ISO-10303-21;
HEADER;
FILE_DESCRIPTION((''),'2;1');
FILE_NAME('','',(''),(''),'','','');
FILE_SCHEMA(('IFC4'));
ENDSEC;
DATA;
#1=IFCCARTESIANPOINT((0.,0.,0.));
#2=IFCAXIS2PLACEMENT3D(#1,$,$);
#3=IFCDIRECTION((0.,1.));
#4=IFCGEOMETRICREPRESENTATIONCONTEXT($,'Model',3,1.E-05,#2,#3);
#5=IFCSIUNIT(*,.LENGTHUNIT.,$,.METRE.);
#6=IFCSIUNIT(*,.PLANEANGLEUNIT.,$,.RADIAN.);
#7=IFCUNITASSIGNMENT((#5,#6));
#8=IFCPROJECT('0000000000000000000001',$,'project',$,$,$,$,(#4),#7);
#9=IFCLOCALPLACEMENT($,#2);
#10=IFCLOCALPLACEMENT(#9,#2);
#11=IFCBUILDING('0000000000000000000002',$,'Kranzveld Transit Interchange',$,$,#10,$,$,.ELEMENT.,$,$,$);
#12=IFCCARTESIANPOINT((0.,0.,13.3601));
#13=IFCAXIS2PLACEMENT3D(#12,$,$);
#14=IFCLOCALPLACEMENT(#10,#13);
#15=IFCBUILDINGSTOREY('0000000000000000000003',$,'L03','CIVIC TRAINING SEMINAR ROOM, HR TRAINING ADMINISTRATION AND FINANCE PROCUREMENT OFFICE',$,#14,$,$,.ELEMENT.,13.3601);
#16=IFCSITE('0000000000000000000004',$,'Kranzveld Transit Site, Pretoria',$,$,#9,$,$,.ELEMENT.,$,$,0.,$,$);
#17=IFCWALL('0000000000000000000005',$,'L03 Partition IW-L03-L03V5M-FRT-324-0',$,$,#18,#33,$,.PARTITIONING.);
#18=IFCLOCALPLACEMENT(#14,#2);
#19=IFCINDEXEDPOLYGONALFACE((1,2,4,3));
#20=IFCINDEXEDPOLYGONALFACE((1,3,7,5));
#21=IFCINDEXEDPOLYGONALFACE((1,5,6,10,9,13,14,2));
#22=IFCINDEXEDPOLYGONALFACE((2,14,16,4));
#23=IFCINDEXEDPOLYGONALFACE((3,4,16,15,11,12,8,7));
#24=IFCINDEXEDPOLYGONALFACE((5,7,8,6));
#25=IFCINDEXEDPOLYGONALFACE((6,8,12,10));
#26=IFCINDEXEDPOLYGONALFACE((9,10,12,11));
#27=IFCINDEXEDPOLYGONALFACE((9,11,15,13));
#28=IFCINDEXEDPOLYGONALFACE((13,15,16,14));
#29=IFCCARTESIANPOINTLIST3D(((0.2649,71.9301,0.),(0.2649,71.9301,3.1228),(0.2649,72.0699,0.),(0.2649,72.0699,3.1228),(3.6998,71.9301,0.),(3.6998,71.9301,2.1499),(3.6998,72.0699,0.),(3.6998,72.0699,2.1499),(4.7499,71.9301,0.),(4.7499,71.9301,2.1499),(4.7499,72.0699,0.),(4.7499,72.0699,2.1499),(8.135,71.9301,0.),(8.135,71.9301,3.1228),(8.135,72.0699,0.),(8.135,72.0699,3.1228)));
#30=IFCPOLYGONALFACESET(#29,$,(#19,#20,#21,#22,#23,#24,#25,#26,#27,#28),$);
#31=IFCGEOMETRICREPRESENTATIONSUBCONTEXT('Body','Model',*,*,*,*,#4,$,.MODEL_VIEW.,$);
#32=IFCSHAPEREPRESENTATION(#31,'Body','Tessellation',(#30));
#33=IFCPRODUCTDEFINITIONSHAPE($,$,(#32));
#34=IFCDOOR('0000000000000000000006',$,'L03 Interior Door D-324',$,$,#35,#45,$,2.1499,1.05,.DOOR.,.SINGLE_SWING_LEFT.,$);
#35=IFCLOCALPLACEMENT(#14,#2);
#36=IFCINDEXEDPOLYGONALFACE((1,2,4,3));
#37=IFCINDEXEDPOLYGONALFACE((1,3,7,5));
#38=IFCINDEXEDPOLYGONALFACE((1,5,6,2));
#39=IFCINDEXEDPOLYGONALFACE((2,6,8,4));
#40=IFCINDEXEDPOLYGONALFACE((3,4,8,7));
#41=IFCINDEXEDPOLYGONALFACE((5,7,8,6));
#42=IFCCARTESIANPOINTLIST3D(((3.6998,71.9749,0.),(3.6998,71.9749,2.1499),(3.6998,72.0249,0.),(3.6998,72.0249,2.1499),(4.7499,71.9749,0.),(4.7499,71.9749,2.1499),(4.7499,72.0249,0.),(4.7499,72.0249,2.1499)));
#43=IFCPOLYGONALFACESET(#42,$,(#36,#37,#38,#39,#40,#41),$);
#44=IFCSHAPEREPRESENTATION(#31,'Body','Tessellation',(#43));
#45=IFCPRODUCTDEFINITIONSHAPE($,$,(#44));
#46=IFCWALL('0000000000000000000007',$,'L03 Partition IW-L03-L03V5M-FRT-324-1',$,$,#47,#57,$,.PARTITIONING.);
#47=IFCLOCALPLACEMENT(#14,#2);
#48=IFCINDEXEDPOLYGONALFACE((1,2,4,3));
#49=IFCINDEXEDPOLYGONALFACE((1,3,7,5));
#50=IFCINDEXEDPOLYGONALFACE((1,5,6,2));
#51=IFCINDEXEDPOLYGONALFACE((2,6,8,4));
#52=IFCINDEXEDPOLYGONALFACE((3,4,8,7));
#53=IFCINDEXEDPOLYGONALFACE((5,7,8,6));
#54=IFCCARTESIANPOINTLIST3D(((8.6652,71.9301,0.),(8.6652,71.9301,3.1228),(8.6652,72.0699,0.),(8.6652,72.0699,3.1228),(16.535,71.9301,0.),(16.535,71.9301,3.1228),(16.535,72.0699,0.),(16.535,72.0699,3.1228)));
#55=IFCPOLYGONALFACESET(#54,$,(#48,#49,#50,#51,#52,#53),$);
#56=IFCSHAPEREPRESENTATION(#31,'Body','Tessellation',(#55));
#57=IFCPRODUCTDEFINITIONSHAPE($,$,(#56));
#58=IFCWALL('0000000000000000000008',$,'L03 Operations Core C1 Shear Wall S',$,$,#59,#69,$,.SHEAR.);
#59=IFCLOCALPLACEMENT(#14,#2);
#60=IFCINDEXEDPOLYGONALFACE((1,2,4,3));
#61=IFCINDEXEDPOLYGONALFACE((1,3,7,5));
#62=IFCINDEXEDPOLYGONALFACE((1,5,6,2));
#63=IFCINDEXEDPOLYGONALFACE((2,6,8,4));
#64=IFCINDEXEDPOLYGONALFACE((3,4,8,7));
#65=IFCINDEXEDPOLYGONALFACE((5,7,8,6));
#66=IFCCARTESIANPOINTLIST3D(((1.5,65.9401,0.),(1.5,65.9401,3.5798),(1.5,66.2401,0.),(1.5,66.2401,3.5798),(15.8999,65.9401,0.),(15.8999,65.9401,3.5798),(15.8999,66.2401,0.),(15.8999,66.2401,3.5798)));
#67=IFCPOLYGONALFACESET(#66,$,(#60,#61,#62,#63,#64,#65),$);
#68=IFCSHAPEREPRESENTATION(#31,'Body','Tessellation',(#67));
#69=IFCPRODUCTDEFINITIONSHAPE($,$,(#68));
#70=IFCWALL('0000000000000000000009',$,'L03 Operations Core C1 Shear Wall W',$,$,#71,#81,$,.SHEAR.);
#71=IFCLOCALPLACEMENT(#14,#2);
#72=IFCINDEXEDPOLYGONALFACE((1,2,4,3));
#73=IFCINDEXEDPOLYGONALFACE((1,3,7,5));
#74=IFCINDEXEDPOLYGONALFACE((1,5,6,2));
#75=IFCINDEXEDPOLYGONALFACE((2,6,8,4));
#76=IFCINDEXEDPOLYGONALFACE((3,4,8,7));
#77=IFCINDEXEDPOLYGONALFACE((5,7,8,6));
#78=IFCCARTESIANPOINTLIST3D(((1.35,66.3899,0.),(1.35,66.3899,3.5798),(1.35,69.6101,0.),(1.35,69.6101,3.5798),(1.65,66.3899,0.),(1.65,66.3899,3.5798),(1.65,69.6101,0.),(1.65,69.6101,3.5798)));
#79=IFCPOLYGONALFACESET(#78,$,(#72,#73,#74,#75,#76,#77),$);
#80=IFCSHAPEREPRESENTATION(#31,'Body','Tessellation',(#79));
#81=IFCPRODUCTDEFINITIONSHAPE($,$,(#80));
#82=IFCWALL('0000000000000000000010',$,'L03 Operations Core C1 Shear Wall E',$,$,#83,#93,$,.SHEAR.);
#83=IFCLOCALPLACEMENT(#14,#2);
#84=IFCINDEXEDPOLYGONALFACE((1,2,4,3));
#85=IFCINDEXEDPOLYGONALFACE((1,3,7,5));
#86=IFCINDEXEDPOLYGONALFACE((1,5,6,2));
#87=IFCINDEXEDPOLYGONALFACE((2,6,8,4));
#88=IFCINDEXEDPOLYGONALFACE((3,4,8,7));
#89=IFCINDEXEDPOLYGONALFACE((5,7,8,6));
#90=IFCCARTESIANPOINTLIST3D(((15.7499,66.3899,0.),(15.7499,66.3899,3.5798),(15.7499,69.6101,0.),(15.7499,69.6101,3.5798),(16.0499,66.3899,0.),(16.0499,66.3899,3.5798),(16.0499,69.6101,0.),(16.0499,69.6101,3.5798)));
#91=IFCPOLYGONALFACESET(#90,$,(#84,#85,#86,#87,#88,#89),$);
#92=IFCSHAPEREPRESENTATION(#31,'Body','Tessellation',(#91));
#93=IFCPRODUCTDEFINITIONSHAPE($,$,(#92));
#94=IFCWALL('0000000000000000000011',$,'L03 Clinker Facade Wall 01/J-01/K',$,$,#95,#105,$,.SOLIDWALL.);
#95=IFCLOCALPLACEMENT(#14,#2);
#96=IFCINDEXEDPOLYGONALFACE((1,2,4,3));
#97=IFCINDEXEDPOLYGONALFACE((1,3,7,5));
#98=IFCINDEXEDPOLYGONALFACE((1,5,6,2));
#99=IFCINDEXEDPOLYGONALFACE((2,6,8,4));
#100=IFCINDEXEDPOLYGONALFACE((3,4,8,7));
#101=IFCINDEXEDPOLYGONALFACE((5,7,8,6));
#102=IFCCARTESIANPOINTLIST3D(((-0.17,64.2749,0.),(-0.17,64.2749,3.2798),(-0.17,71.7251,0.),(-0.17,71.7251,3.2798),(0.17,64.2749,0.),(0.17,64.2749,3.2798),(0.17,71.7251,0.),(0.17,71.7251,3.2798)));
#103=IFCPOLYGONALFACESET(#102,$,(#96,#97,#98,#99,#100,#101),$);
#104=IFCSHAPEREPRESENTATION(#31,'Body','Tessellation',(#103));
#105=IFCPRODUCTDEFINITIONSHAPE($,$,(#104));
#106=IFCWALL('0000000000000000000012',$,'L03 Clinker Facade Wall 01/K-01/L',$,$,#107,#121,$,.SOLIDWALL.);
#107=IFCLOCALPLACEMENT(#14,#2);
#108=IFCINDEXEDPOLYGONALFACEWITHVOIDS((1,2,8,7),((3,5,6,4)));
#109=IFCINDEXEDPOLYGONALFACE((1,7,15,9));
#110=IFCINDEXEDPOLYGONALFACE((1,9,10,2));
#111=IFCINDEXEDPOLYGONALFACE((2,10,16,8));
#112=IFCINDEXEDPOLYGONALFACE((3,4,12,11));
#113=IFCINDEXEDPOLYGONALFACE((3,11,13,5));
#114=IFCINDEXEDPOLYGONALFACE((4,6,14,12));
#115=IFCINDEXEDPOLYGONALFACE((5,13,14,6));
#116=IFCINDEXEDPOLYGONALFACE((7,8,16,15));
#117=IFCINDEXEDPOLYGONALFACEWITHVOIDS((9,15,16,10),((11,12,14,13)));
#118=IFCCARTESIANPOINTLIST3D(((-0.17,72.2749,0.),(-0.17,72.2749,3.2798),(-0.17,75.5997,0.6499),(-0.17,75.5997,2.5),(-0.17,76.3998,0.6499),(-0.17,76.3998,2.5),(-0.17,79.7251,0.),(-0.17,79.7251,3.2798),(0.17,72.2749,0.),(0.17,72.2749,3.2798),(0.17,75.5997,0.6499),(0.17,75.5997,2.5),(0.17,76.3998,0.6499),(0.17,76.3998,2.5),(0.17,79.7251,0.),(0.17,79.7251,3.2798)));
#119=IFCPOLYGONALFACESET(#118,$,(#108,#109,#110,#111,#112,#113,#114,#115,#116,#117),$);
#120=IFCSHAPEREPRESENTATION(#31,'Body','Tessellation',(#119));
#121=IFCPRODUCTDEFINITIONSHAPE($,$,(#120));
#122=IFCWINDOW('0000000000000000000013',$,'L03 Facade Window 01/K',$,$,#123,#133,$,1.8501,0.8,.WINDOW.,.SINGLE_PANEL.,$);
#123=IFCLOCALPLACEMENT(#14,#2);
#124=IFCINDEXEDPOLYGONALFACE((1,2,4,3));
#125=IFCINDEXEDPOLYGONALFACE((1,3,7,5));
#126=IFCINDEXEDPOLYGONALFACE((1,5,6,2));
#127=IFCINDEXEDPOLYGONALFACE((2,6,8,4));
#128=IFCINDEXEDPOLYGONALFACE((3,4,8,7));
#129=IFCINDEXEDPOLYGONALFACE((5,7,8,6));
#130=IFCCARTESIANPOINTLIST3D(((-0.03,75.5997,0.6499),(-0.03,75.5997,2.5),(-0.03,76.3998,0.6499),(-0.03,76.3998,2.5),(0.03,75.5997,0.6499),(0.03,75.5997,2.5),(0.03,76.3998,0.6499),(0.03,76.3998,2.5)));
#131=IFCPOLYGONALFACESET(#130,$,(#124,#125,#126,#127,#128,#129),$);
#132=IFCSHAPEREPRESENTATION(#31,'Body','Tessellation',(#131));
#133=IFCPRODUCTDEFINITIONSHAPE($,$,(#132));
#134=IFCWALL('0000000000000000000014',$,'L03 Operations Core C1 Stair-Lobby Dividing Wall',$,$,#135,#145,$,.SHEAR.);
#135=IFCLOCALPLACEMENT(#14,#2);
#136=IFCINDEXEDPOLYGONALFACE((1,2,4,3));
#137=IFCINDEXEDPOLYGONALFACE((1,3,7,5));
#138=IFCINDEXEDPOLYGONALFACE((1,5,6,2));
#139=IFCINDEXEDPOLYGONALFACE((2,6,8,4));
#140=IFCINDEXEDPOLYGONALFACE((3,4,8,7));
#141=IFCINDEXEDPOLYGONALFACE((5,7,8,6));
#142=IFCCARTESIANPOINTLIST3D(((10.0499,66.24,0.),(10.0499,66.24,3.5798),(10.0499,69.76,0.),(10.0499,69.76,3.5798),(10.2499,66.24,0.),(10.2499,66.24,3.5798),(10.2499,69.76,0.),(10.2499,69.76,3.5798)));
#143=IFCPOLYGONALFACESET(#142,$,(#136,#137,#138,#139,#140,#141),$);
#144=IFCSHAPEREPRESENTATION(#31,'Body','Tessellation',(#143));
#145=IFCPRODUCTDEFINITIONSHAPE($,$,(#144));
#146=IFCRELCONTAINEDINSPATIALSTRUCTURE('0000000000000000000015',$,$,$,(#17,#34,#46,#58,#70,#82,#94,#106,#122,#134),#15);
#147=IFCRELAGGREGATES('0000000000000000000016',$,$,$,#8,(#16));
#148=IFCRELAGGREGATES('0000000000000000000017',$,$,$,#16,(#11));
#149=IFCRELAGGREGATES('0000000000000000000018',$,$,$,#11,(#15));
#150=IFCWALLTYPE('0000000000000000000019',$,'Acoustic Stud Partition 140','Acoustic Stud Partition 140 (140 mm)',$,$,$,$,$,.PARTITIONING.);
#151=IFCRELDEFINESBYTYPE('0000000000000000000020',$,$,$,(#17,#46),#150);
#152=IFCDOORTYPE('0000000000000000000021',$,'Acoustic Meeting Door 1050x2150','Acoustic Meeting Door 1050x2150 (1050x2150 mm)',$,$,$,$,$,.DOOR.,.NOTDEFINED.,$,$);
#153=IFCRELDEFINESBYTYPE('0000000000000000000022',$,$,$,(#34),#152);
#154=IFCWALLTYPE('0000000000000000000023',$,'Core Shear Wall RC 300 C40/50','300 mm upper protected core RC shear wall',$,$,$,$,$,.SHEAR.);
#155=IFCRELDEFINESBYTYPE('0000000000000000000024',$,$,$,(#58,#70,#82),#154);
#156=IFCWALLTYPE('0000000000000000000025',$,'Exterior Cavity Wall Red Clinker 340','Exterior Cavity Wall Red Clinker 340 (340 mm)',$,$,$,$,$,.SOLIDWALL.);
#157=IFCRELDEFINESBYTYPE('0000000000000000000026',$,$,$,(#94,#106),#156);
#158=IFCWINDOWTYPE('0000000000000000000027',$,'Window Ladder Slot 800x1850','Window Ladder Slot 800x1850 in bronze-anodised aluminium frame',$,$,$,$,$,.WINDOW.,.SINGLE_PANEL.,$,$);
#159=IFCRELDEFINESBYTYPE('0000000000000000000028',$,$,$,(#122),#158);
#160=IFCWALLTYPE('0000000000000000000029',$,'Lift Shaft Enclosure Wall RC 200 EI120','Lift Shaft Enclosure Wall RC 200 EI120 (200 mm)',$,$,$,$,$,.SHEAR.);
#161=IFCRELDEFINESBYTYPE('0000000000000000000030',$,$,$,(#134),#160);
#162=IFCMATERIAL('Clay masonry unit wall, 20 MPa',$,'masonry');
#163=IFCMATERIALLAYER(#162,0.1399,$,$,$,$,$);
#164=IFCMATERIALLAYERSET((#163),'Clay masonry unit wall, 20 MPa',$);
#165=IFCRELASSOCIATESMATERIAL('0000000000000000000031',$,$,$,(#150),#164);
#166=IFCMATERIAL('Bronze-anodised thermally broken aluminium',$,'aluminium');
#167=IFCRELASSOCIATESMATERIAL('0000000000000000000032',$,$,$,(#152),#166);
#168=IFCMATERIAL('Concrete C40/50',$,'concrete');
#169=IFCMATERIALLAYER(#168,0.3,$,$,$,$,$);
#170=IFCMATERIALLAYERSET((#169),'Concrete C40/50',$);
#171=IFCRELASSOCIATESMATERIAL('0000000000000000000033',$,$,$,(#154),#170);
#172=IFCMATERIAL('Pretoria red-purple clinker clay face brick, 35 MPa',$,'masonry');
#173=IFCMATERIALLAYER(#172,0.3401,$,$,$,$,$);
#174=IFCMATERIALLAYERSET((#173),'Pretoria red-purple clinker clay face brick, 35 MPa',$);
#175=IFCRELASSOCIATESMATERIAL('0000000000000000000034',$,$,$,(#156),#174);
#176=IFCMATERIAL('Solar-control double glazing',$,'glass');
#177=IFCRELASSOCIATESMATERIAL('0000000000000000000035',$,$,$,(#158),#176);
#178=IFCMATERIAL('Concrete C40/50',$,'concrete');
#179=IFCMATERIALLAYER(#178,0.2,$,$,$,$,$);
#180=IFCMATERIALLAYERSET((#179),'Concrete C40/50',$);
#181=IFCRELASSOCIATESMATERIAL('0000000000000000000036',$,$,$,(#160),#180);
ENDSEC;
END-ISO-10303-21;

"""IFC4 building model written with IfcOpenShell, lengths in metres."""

from ifc_helpers import new_model, si_unit, direction, frame, frame_2d, origin, place, context, subcontext, project, spatial, rectangle, extrude, material, layer, layer_set, type_object, element, fill, save


model = new_model("IFC4")

# Units and contexts
model_context = context("Model", 3, precision=1e-05, world=origin(), true_north=direction((0.0, 1.0)))
body_context = subcontext(model_context, "Body", "Model", "MODEL_VIEW")
ifc_project = project(units=[si_unit("LENGTHUNIT", "METRE"), si_unit("PLANEANGLEUNIT", "RADIAN")], contexts=[model_context])

# Site, building, storey
site_placement = place(None, origin())
site = spatial("IfcSite", under=ifc_project, at=site_placement, Name="Kranzveld Transit Site, Pretoria", CompositionType="ELEMENT", RefElevation=0.0)
building_placement = place(site_placement, origin())
building = spatial("IfcBuilding", under=site, at=building_placement, Name="Kranzveld Transit Interchange", CompositionType="ELEMENT")
storey_placement = place(building_placement, frame((0.0, 0.0, 13.3601)))
storey = spatial("IfcBuildingStorey", under=building, at=storey_placement, Name="L03", Description="CIVIC TRAINING SEMINAR ROOM, HR TRAINING ADMINISTRATION AND FINANCE PROCUREMENT OFFICE", CompositionType="ELEMENT", Elevation=13.3601)

# Wall, opening, door
ifc_material_1 = material(Name="Clay masonry unit wall, 20 MPa", Category="masonry")
ifc_layer_1 = layer(ifc_material_1, 0.1399)
ifc_layer_set_1 = layer_set([ifc_layer_1], Name="Clay masonry unit wall, 20 MPa")
wall_type_1 = type_object("IfcWallType", Name="Acoustic Stud Partition 140", Description="Acoustic Stud Partition 140 (140 mm)", PredefinedType="PARTITIONING", material=ifc_layer_set_1)
wall_1_placement = place(storey_placement, frame((0.2649, 72.0, 0.0), z_axis=(0.0, 0.0, 1.0), x_axis=(1.0, 0.0, 0.0)))
wall_1 = element("IfcWall", 1, at=wall_1_placement, inside=storey, type_object=wall_type_1, Name="L03 Partition IW-L03-L03V5M-FRT-324-0", PredefinedType="PARTITIONING", context=body_context, shape_type="SweptSolid", body=[
    extrude(rectangle(XDim=7.8701, YDim=0.1399, at=frame_2d((3.9351, 0.0))), origin(), (0.0, 0.0, 1.0), 3.1228),
])
opening_1_placement = place(wall_1_placement, frame((3.4351, 0.0, 0.0), z_axis=(0.0, 0.0, 1.0), x_axis=(1.0, 0.0, 0.0)))
opening_1 = element("IfcOpeningElement", 2, at=opening_1_placement, cuts=wall_1, PredefinedType="OPENING", context=body_context, shape_type="SweptSolid", body=[
    extrude(rectangle(XDim=1.05, YDim=2.1499, at=frame_2d((0.5249, 1.075))), frame((0.0, 0.0798, 0.0), z_axis=(0.0, -1.0, 0.0), x_axis=(1.0, 0.0, 0.0)), (0.0, 0.0, 1.0), 0.1599),
])
ifc_material_2 = material(Name="Bronze-anodised thermally broken aluminium", Category="aluminium")
door_type_1 = type_object("IfcDoorType", Name="Acoustic Meeting Door 1050x2150", Description="Acoustic Meeting Door 1050x2150 (1050x2150 mm)", OperationType="NOTDEFINED", PredefinedType="DOOR", material=ifc_material_2)
door_1_placement = place(opening_1_placement, origin())
door_1 = element("IfcDoor", 3, at=door_1_placement, inside=storey, type_object=door_type_1, Name="L03 Interior Door D-324", OperationType="SINGLE_SWING_LEFT", OverallHeight=2.1499, OverallWidth=1.05, PredefinedType="DOOR", context=body_context, shape_type="SweptSolid", body=[
    extrude(rectangle(XDim=1.05, YDim=2.1499, at=frame_2d((0.5249, 1.075))), frame((0.0, 0.0249, 0.0), z_axis=(0.0, -1.0, 0.0), x_axis=(1.0, 0.0, 0.0)), (0.0, 0.0, 1.0), 0.05),
])
fill(opening_1, door_1)

# Walls
wall_2_placement = place(storey_placement, frame((8.665, 72.0, 0.0), z_axis=(0.0, 0.0, 1.0), x_axis=(1.0, 0.0, 0.0)))
element("IfcWall", 4, at=wall_2_placement, inside=storey, type_object=wall_type_1, Name="L03 Partition IW-L03-L03V5M-FRT-324-1", PredefinedType="PARTITIONING", context=body_context, shape_type="SweptSolid", body=[
    extrude(rectangle(XDim=7.8699, YDim=0.1399, at=frame_2d((3.9351, 0.0))), origin(), (0.0, 0.0, 1.0), 3.1228),
])
ifc_material_3 = material(Name="Concrete C40/50", Category="concrete")
ifc_layer_2 = layer(ifc_material_3, 0.3)
ifc_layer_set_2 = layer_set([ifc_layer_2], Name="Concrete C40/50")
wall_type_2 = type_object("IfcWallType", Name="Core Shear Wall RC 300 C40/50", Description="300 mm upper protected core RC shear wall", PredefinedType="SHEAR", material=ifc_layer_set_2)
wall_3_placement = place(storey_placement, frame((1.5, 66.0901, 0.0), z_axis=(0.0, 0.0, 1.0), x_axis=(1.0, 0.0, 0.0)))
element("IfcWall", 5, at=wall_3_placement, inside=storey, type_object=wall_type_2, Name="L03 Operations Core C1 Shear Wall S", PredefinedType="SHEAR", context=body_context, shape_type="SweptSolid", body=[
    extrude(rectangle(XDim=14.3999, YDim=0.3, at=frame_2d((7.2, 0.0))), origin(), (0.0, 0.0, 1.0), 3.5798),
])

# Walls
for number, where, z_axis, x_axis, name in (
    (6, (1.5, 66.3899, 0.0), (0.0, 0.0, 1.0), (0.0, 1.0, 0.0), "L03 Operations Core C1 Shear Wall W"),
    (7, (15.8999, 66.3899, 0.0), (0.0, 0.0, 1.0), (0.0, 1.0, 0.0), "L03 Operations Core C1 Shear Wall E"),
):
    element("IfcWall", number, at=place(storey_placement, frame(where, z_axis=z_axis, x_axis=x_axis)), inside=storey, type_object=wall_type_2, Name=name, PredefinedType="SHEAR", context=body_context, shape_type="SweptSolid", body=[
        extrude(rectangle(XDim=3.2202, YDim=0.3, at=frame_2d((1.6101, 0.0))), origin(), (0.0, 0.0, 1.0), 3.5798),
    ])
ifc_material_4 = material(Name="Pretoria red-purple clinker clay face brick, 35 MPa", Category="masonry")
ifc_layer_3 = layer(ifc_material_4, 0.3401)
ifc_layer_set_3 = layer_set([ifc_layer_3], Name="Pretoria red-purple clinker clay face brick, 35 MPa")
wall_type_3 = type_object("IfcWallType", Name="Exterior Cavity Wall Red Clinker 340", Description="Exterior Cavity Wall Red Clinker 340 (340 mm)", PredefinedType="SOLIDWALL", material=ifc_layer_set_3)
wall_4_placement = place(storey_placement, frame((0.0, 64.2749, 0.0), z_axis=(0.0, 0.0, 1.0), x_axis=(0.0, 1.0, 0.0)))
element("IfcWall", 8, at=wall_4_placement, inside=storey, type_object=wall_type_3, Name="L03 Clinker Facade Wall 01/J-01/K", PredefinedType="SOLIDWALL", context=body_context, shape_type="SweptSolid", body=[
    extrude(rectangle(XDim=7.4502, YDim=0.3401, at=frame_2d((3.7251, 0.0))), origin(), (0.0, 0.0, 1.0), 3.2798),
])

# Wall, opening, window
wall_5_placement = place(storey_placement, frame((0.0, 72.2749, 0.0), z_axis=(0.0, 0.0, 1.0), x_axis=(0.0, 1.0, 0.0)))
wall_5 = element("IfcWall", 9, at=wall_5_placement, inside=storey, type_object=wall_type_3, Name="L03 Clinker Facade Wall 01/K-01/L", PredefinedType="SOLIDWALL", context=body_context, shape_type="SweptSolid", body=[
    extrude(rectangle(XDim=7.4502, YDim=0.3401, at=frame_2d((3.7251, 0.0))), origin(), (0.0, 0.0, 1.0), 3.2798),
])
opening_2_placement = place(wall_5_placement, frame((3.325, 0.0, 0.6499), z_axis=(0.0, 0.0, 1.0), x_axis=(1.0, 0.0, 0.0)))
opening_2 = element("IfcOpeningElement", 10, at=opening_2_placement, cuts=wall_5, PredefinedType="OPENING", context=body_context, shape_type="SweptSolid", body=[
    extrude(rectangle(XDim=0.8, YDim=1.8501, at=frame_2d((0.3999, 0.925))), frame((0.0, 0.1799, 0.0), z_axis=(0.0, -1.0, 0.0), x_axis=(1.0, 0.0, 0.0)), (0.0, 0.0, 1.0), 0.3601),
])
ifc_material_5 = material(Name="Solar-control double glazing", Category="glass")
window_type = type_object("IfcWindowType", Name="Window Ladder Slot 800x1850", Description="Window Ladder Slot 800x1850 in bronze-anodised aluminium frame", PartitioningType="SINGLE_PANEL", PredefinedType="WINDOW", material=ifc_material_5)
window_placement = place(opening_2_placement, origin())
window = element("IfcWindow", 11, at=window_placement, inside=storey, type_object=window_type, Name="L03 Facade Window 01/K", OverallHeight=1.8501, OverallWidth=0.8, PartitioningType="SINGLE_PANEL", PredefinedType="WINDOW", context=body_context, shape_type="SweptSolid", body=[
    extrude(rectangle(XDim=0.8, YDim=1.8501, at=frame_2d((0.3999, 0.925))), frame((0.0, 0.03, 0.0), z_axis=(0.0, -1.0, 0.0), x_axis=(1.0, 0.0, 0.0)), (0.0, 0.0, 1.0), 0.0601),
])
fill(opening_2, window)

# Wall
ifc_material_6 = material(Name="Concrete C40/50", Category="concrete")
ifc_layer_4 = layer(ifc_material_6, 0.2)
ifc_layer_set_4 = layer_set([ifc_layer_4], Name="Concrete C40/50")
wall_type_4 = type_object("IfcWallType", Name="Lift Shaft Enclosure Wall RC 200 EI120", Description="Lift Shaft Enclosure Wall RC 200 EI120 (200 mm)", PredefinedType="SHEAR", material=ifc_layer_set_4)
wall_6_placement = place(storey_placement, frame((10.1499, 66.24, 0.0), z_axis=(0.0, 0.0, 1.0), x_axis=(0.0, 1.0, 0.0)))
element("IfcWall", 12, at=wall_6_placement, inside=storey, type_object=wall_type_4, Name="L03 Operations Core C1 Stair-Lobby Dividing Wall", PredefinedType="SHEAR", context=body_context, shape_type="SweptSolid", body=[
    extrude(rectangle(XDim=3.52, YDim=0.2, at=frame_2d((1.76, 0.0))), origin(), (0.0, 0.0, 1.0), 3.5798),
])

save(model, "model.ifc")
